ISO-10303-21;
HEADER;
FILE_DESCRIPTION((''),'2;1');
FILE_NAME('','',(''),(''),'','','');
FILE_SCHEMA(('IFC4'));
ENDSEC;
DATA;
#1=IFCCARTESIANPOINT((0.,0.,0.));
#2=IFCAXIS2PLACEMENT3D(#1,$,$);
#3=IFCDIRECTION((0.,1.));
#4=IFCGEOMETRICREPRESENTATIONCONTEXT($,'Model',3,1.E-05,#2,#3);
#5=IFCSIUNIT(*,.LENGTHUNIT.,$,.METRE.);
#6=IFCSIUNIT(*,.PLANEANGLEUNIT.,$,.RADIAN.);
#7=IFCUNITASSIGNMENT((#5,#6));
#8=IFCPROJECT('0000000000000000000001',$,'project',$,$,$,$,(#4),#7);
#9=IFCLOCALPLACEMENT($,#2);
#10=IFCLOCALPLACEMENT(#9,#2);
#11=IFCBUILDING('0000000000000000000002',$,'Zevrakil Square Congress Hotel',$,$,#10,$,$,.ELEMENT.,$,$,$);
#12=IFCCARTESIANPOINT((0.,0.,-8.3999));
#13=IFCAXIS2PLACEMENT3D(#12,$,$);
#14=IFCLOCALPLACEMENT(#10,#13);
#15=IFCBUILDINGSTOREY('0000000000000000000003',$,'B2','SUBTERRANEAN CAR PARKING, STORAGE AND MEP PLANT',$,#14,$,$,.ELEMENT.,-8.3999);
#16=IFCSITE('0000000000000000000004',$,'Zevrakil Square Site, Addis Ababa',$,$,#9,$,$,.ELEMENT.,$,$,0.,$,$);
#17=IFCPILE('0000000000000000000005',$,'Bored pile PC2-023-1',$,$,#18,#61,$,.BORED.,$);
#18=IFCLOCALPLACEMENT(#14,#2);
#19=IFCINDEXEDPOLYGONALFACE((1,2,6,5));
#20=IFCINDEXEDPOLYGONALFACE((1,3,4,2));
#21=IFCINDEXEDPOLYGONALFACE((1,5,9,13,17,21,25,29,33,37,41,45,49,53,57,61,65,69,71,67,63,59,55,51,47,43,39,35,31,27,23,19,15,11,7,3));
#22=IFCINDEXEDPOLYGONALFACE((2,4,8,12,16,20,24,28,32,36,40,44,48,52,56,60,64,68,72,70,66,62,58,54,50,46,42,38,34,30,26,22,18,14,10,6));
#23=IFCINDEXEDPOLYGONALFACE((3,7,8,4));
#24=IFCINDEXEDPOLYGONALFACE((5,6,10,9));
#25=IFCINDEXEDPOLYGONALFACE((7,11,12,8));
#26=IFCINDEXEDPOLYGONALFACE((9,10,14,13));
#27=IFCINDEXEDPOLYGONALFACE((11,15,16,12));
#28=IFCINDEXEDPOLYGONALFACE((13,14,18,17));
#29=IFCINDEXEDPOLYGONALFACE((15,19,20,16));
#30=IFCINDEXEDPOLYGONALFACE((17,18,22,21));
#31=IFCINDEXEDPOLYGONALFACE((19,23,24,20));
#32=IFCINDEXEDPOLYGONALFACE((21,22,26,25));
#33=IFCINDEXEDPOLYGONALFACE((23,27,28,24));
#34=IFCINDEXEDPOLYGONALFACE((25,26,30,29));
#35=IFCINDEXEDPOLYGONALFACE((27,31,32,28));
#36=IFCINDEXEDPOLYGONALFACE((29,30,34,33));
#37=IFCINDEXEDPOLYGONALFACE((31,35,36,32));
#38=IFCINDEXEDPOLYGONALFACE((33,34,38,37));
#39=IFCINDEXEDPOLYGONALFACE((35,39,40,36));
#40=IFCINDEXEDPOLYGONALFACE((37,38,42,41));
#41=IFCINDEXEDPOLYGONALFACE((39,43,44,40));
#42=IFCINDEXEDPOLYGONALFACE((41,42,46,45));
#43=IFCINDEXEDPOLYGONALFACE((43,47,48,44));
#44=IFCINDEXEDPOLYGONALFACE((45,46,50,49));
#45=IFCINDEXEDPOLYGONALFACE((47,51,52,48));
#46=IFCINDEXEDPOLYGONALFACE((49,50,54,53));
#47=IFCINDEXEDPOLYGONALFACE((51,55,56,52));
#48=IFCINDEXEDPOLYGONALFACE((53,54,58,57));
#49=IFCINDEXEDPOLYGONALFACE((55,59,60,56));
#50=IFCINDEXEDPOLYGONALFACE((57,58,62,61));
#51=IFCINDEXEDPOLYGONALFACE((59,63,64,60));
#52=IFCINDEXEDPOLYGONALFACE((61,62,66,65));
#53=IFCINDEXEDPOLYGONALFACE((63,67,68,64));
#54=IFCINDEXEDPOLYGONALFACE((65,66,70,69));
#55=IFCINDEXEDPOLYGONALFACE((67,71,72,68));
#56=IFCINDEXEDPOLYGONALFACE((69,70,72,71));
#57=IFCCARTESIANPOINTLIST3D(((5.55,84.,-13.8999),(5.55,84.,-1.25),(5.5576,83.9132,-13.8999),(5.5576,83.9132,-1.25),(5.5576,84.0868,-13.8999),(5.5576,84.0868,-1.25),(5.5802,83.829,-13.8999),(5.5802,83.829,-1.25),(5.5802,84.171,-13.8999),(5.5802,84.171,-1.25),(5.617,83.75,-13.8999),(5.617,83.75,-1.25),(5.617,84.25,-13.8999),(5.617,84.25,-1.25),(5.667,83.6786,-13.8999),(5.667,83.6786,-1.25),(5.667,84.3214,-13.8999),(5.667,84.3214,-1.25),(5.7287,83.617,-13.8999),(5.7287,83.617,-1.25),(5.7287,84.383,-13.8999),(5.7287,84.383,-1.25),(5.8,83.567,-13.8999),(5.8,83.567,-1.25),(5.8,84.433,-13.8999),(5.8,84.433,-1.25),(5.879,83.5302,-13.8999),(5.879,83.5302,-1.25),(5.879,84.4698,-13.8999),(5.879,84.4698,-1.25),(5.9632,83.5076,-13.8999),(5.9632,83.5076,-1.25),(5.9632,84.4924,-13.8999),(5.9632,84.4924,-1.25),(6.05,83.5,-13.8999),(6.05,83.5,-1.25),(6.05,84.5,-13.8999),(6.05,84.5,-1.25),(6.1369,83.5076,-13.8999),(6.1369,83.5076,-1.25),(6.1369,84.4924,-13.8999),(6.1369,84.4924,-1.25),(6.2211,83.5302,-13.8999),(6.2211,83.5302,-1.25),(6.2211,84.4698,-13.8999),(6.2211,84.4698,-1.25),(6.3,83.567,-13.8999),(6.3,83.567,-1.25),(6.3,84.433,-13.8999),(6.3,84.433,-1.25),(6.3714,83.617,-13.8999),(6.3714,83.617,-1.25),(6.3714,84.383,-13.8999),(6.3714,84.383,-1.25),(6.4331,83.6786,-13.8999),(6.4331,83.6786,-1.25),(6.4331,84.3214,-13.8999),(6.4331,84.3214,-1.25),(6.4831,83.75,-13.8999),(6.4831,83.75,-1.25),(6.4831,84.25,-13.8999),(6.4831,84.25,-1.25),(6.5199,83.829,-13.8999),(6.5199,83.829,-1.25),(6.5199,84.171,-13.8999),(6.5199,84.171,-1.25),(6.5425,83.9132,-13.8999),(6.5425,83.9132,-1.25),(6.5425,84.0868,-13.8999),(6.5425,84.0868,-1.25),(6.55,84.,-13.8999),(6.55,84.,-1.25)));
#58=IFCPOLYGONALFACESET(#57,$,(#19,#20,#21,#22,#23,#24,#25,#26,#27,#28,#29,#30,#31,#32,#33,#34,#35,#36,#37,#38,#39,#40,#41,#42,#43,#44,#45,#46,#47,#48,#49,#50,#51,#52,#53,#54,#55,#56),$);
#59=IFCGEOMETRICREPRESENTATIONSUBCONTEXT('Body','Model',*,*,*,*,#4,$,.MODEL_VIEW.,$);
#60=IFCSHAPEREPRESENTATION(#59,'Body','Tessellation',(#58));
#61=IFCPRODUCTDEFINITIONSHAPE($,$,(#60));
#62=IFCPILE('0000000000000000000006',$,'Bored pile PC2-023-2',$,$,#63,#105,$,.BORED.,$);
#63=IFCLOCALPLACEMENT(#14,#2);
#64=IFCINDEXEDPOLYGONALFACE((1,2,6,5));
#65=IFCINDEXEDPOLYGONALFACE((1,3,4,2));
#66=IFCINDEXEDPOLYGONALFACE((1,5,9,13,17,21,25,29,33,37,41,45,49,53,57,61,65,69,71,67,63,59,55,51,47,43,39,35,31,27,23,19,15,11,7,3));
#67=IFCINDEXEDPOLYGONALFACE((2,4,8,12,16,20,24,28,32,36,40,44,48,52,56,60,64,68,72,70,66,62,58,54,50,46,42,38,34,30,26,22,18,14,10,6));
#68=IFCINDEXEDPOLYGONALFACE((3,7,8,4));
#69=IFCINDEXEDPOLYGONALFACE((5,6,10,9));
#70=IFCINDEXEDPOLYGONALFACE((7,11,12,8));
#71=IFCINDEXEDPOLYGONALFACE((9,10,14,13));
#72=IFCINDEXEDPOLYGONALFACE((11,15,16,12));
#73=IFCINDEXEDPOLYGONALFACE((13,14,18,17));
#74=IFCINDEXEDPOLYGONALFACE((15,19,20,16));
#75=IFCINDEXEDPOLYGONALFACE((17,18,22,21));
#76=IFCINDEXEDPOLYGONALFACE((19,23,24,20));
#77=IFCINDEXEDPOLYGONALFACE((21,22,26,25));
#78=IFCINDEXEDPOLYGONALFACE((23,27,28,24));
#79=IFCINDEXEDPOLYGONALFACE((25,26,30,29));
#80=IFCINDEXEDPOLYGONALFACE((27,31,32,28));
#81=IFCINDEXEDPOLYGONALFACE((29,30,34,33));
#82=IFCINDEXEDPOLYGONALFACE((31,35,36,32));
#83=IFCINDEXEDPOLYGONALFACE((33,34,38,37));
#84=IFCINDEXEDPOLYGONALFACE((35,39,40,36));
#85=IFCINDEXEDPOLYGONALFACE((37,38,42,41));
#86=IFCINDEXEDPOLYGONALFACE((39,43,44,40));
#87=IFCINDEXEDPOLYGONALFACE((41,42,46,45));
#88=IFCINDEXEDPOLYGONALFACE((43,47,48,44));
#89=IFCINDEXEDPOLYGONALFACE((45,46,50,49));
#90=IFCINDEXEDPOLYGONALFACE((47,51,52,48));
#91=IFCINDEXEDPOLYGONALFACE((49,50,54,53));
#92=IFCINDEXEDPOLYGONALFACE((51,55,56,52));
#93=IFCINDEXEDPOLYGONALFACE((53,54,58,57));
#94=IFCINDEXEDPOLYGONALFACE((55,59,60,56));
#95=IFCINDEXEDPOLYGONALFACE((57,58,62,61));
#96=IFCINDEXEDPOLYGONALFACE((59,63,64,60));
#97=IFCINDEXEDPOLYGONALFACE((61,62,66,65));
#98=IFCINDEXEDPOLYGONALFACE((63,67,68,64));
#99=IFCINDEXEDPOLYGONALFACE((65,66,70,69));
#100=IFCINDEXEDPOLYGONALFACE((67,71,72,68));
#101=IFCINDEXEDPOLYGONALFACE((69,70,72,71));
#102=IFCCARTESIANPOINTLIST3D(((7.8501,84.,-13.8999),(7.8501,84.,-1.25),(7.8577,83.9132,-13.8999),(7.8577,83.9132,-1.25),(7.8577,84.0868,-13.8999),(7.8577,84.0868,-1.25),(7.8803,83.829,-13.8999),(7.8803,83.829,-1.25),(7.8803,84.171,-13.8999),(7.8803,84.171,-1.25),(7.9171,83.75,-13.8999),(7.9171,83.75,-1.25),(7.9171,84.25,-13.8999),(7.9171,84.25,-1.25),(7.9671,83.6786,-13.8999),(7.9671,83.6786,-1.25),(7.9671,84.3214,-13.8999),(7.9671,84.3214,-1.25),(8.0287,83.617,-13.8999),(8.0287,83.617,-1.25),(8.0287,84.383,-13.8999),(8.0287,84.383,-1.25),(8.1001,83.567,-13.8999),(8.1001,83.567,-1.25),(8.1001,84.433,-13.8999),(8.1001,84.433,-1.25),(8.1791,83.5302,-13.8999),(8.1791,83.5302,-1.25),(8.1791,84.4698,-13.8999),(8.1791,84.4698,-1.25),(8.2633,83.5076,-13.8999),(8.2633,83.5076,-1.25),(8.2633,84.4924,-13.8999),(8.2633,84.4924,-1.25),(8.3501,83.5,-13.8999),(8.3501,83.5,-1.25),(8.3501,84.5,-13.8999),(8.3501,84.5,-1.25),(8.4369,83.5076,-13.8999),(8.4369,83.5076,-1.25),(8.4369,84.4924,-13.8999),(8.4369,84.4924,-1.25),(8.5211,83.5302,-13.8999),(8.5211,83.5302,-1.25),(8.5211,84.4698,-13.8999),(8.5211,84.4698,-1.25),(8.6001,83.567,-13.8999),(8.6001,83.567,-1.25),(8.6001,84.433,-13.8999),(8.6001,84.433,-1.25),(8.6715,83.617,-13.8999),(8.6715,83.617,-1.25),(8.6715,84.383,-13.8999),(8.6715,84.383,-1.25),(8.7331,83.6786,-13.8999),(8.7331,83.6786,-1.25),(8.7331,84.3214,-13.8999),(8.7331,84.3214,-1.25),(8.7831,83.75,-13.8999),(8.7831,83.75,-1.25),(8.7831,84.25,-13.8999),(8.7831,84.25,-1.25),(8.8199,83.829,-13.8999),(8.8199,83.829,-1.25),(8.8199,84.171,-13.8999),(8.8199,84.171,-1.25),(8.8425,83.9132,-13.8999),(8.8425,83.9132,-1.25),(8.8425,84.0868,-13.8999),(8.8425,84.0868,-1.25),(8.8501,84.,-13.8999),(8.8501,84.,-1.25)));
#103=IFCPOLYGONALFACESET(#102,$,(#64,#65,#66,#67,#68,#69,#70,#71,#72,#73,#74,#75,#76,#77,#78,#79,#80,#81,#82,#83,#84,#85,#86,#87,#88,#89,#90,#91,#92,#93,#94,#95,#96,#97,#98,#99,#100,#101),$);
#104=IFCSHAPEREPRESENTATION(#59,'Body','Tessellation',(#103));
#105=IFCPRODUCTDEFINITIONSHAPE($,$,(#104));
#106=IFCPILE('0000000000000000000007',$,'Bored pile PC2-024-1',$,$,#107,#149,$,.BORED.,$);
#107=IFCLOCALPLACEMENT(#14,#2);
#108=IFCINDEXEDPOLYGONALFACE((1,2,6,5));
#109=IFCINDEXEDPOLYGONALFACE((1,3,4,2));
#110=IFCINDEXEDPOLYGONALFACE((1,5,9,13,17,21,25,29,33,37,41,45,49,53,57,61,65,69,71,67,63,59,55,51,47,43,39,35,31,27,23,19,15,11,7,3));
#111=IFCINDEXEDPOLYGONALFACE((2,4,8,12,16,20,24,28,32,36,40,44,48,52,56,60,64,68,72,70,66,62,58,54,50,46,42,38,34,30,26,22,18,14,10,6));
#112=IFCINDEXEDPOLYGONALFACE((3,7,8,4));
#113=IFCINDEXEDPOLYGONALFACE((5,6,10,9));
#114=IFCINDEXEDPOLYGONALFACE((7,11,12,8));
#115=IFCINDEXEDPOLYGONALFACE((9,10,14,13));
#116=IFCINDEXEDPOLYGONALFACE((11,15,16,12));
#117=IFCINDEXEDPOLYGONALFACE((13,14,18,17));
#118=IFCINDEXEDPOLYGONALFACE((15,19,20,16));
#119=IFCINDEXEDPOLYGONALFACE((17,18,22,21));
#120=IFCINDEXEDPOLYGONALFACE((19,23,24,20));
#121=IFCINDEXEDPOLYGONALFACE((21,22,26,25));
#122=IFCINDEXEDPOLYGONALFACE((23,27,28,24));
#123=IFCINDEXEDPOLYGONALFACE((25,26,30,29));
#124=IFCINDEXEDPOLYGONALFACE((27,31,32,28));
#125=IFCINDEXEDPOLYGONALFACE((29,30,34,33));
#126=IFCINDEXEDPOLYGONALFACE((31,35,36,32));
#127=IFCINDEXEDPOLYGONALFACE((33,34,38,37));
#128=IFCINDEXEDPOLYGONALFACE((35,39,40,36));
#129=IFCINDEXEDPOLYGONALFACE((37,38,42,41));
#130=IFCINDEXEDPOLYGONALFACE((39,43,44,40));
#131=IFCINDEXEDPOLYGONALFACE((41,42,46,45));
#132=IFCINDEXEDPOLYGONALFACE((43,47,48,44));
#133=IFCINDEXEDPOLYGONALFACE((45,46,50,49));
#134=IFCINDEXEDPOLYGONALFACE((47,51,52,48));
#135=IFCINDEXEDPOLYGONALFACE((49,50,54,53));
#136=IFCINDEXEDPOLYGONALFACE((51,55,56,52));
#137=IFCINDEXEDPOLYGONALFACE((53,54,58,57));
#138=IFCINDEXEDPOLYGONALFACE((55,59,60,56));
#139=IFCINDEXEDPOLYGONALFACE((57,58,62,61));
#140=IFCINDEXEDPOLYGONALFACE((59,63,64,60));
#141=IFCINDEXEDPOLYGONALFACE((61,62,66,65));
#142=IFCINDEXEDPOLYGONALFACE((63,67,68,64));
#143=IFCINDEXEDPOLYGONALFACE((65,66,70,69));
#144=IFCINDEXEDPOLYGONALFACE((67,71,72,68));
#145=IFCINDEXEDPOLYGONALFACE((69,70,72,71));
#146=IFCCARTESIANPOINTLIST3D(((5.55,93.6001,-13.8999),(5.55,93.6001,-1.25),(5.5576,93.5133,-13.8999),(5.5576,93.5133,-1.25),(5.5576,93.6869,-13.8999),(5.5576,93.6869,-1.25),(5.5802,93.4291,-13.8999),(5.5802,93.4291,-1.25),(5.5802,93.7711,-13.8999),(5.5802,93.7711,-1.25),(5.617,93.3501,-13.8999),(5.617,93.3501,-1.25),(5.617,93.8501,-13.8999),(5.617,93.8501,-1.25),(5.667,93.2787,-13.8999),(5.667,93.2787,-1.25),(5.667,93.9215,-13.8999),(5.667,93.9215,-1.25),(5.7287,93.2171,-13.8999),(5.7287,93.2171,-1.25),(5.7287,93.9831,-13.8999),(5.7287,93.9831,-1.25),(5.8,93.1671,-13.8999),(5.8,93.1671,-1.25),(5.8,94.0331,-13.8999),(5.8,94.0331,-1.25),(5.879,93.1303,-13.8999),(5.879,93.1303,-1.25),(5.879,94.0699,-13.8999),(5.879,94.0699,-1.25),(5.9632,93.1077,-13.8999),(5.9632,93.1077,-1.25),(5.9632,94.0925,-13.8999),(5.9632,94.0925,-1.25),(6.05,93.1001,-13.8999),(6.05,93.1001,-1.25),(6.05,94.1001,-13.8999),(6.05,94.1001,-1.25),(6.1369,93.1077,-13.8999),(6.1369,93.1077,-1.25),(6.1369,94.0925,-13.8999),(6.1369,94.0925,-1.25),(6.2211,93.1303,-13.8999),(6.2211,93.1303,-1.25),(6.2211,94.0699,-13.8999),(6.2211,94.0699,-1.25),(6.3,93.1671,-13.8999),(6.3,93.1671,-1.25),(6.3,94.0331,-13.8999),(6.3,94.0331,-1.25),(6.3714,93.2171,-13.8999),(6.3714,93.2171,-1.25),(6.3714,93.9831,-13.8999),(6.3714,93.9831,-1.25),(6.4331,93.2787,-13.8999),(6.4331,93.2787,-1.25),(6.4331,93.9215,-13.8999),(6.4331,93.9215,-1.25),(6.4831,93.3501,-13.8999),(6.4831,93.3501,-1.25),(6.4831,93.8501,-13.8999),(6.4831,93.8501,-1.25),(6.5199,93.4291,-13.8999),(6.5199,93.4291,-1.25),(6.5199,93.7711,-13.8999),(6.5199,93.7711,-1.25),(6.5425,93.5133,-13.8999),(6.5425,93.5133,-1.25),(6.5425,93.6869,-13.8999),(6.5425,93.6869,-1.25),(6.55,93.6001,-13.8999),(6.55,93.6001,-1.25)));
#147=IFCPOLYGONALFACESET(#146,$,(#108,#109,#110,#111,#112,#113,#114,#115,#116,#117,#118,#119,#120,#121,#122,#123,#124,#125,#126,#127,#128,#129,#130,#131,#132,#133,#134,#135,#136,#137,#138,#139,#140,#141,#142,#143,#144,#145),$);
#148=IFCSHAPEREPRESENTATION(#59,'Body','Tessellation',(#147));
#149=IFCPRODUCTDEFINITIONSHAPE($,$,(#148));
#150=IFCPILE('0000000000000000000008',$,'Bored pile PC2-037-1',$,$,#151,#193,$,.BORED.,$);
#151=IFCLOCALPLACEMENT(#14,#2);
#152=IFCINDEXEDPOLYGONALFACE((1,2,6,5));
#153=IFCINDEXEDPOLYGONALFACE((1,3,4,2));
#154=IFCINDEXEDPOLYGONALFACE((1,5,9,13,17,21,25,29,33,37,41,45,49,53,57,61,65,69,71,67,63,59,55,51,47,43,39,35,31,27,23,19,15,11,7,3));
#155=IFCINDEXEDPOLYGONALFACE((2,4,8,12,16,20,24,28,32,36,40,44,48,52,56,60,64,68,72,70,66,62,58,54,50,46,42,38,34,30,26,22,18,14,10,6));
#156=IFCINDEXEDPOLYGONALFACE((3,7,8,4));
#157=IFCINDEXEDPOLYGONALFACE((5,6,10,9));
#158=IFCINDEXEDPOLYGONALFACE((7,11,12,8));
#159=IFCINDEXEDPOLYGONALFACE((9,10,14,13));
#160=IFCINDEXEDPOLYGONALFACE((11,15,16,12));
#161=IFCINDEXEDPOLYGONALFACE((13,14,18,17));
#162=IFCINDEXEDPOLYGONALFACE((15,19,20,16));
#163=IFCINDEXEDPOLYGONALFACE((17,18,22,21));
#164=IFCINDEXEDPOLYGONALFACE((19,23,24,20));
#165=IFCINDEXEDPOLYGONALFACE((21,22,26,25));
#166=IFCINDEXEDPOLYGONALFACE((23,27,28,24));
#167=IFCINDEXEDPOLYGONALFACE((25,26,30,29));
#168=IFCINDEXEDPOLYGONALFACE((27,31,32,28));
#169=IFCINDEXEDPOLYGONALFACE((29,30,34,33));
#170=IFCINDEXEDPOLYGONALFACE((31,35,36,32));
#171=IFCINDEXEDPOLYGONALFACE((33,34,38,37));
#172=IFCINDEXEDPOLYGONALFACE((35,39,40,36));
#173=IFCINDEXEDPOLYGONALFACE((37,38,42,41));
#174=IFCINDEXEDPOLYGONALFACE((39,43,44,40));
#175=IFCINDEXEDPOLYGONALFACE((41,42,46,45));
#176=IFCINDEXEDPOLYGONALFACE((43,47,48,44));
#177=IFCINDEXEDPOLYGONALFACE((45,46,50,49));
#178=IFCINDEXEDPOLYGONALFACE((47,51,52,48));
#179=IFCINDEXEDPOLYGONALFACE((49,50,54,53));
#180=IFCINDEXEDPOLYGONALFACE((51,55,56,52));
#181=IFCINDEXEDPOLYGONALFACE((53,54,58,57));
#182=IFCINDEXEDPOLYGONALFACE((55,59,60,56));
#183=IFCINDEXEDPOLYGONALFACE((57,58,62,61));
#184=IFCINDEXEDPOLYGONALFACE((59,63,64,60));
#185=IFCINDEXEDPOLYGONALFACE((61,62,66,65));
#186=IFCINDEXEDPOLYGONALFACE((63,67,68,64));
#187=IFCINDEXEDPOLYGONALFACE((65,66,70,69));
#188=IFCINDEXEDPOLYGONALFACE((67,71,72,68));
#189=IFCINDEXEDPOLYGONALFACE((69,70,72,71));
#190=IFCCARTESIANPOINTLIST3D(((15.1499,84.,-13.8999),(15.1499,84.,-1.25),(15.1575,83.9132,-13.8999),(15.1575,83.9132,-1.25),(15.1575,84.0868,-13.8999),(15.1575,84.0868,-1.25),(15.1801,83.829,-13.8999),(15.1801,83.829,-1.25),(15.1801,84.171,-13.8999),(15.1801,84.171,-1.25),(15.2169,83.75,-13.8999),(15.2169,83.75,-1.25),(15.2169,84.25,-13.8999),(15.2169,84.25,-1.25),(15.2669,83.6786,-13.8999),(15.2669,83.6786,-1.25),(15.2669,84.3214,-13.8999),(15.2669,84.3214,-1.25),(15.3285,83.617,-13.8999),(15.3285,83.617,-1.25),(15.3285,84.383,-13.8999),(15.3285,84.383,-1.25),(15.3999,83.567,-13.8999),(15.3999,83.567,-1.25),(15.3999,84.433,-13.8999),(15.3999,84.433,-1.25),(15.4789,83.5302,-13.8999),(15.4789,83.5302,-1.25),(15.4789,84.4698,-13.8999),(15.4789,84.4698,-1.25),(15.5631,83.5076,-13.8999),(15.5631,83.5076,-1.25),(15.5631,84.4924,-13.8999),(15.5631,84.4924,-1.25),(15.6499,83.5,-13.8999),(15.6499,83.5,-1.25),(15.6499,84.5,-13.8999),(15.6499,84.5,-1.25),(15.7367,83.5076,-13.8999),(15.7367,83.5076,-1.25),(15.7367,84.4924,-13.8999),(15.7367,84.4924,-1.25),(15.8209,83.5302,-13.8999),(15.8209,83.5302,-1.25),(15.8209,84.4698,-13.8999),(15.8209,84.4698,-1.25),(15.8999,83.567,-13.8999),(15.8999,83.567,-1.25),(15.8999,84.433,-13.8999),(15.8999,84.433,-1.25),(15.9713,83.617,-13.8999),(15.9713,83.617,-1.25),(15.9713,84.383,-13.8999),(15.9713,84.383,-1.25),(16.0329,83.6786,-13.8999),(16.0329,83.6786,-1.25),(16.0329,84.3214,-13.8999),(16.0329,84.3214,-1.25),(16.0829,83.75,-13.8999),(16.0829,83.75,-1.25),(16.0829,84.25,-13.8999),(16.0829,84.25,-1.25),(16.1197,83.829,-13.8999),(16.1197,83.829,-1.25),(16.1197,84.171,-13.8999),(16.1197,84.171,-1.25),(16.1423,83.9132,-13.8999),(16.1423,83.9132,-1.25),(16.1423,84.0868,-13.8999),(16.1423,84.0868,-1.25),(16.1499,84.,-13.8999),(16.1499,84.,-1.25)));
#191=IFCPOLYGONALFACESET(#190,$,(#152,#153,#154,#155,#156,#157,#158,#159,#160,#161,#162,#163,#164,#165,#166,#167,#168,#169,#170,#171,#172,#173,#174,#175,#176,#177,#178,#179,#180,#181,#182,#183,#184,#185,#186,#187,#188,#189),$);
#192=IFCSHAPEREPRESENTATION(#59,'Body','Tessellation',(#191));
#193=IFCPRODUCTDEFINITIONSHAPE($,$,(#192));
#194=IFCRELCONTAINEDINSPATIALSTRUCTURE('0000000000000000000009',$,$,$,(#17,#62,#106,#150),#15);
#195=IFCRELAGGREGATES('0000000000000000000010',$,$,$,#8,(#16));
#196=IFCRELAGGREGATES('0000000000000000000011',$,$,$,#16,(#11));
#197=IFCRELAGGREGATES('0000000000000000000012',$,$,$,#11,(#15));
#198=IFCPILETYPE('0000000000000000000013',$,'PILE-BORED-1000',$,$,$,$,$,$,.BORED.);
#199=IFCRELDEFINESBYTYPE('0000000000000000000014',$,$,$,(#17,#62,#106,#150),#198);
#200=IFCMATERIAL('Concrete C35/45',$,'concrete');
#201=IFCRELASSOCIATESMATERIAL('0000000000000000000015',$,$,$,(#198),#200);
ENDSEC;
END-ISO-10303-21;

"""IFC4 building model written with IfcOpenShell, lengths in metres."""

from ifc_helpers import new_model, si_unit, direction, frame, origin, origin_2d, place, context, subcontext, project, spatial, circle, extrude, material, material_profile, profile_set, type_object, element, save


model = new_model("IFC4")

# Units and contexts
model_context = context("Model", 3, precision=1e-05, world=origin(), true_north=direction((0.0, 1.0)))
body_context = subcontext(model_context, "Body", "Model", "MODEL_VIEW")
ifc_project = project(units=[si_unit("LENGTHUNIT", "METRE"), si_unit("PLANEANGLEUNIT", "RADIAN")], contexts=[model_context])

# Site, building, storey
site_placement = place(None, origin())
site = spatial("IfcSite", under=ifc_project, at=site_placement, Name="Zevrakil Square Site, Addis Ababa", CompositionType="ELEMENT", RefElevation=0.0)
building_placement = place(site_placement, origin())
building = spatial("IfcBuilding", under=site, at=building_placement, Name="Zevrakil Square Congress Hotel", CompositionType="ELEMENT")
storey_placement = place(building_placement, frame((0.0, 0.0, -8.3999)))
storey = spatial("IfcBuildingStorey", under=building, at=storey_placement, Name="B2", Description="SUBTERRANEAN CAR PARKING, STORAGE AND MEP PLANT", CompositionType="ELEMENT", Elevation=-8.3999)

# Piles
ifc_material_1 = material(Name="Concrete C35/45", Category="concrete")
ifc_material_profile_1 = material_profile(ifc_material_1, circle(Radius=0.5, at=origin_2d()), Name="PILE D1000")
ifc_profile_set_1 = profile_set([ifc_material_profile_1], Name="Concrete C35/45")
pile_type = type_object("IfcPileType", Name="PILE-BORED-1000", PredefinedType="BORED", material=ifc_profile_set_1)
for number, where, z_axis, x_axis, name in (
    (1, (6.05, 84.0, -1.25), (0.0, 0.0, -1.0), (1.0, 0.0, 0.0), "Bored pile PC2-023-1"),
    (2, (8.3501, 84.0, -1.25), (0.0, 0.0, -1.0), (1.0, 0.0, 0.0), "Bored pile PC2-023-2"),
    (3, (6.05, 93.6001, -1.25), (0.0, 0.0, -1.0), (1.0, 0.0, 0.0), "Bored pile PC2-024-1"),
    (4, (15.6499, 84.0, -1.25), (0.0, 0.0, -1.0), (1.0, 0.0, 0.0), "Bored pile PC2-037-1"),
):
    element("IfcPile", number, at=place(storey_placement, frame(where, z_axis=z_axis, x_axis=x_axis)), inside=storey, type_object=pile_type, Name=name, PredefinedType="BORED", context=body_context, shape_type="SweptSolid", body=[
        extrude(circle(Radius=0.5, at=origin_2d()), origin(), (0.0, 0.0, 1.0), 12.6499),
    ])

save(model, "model.ifc")
